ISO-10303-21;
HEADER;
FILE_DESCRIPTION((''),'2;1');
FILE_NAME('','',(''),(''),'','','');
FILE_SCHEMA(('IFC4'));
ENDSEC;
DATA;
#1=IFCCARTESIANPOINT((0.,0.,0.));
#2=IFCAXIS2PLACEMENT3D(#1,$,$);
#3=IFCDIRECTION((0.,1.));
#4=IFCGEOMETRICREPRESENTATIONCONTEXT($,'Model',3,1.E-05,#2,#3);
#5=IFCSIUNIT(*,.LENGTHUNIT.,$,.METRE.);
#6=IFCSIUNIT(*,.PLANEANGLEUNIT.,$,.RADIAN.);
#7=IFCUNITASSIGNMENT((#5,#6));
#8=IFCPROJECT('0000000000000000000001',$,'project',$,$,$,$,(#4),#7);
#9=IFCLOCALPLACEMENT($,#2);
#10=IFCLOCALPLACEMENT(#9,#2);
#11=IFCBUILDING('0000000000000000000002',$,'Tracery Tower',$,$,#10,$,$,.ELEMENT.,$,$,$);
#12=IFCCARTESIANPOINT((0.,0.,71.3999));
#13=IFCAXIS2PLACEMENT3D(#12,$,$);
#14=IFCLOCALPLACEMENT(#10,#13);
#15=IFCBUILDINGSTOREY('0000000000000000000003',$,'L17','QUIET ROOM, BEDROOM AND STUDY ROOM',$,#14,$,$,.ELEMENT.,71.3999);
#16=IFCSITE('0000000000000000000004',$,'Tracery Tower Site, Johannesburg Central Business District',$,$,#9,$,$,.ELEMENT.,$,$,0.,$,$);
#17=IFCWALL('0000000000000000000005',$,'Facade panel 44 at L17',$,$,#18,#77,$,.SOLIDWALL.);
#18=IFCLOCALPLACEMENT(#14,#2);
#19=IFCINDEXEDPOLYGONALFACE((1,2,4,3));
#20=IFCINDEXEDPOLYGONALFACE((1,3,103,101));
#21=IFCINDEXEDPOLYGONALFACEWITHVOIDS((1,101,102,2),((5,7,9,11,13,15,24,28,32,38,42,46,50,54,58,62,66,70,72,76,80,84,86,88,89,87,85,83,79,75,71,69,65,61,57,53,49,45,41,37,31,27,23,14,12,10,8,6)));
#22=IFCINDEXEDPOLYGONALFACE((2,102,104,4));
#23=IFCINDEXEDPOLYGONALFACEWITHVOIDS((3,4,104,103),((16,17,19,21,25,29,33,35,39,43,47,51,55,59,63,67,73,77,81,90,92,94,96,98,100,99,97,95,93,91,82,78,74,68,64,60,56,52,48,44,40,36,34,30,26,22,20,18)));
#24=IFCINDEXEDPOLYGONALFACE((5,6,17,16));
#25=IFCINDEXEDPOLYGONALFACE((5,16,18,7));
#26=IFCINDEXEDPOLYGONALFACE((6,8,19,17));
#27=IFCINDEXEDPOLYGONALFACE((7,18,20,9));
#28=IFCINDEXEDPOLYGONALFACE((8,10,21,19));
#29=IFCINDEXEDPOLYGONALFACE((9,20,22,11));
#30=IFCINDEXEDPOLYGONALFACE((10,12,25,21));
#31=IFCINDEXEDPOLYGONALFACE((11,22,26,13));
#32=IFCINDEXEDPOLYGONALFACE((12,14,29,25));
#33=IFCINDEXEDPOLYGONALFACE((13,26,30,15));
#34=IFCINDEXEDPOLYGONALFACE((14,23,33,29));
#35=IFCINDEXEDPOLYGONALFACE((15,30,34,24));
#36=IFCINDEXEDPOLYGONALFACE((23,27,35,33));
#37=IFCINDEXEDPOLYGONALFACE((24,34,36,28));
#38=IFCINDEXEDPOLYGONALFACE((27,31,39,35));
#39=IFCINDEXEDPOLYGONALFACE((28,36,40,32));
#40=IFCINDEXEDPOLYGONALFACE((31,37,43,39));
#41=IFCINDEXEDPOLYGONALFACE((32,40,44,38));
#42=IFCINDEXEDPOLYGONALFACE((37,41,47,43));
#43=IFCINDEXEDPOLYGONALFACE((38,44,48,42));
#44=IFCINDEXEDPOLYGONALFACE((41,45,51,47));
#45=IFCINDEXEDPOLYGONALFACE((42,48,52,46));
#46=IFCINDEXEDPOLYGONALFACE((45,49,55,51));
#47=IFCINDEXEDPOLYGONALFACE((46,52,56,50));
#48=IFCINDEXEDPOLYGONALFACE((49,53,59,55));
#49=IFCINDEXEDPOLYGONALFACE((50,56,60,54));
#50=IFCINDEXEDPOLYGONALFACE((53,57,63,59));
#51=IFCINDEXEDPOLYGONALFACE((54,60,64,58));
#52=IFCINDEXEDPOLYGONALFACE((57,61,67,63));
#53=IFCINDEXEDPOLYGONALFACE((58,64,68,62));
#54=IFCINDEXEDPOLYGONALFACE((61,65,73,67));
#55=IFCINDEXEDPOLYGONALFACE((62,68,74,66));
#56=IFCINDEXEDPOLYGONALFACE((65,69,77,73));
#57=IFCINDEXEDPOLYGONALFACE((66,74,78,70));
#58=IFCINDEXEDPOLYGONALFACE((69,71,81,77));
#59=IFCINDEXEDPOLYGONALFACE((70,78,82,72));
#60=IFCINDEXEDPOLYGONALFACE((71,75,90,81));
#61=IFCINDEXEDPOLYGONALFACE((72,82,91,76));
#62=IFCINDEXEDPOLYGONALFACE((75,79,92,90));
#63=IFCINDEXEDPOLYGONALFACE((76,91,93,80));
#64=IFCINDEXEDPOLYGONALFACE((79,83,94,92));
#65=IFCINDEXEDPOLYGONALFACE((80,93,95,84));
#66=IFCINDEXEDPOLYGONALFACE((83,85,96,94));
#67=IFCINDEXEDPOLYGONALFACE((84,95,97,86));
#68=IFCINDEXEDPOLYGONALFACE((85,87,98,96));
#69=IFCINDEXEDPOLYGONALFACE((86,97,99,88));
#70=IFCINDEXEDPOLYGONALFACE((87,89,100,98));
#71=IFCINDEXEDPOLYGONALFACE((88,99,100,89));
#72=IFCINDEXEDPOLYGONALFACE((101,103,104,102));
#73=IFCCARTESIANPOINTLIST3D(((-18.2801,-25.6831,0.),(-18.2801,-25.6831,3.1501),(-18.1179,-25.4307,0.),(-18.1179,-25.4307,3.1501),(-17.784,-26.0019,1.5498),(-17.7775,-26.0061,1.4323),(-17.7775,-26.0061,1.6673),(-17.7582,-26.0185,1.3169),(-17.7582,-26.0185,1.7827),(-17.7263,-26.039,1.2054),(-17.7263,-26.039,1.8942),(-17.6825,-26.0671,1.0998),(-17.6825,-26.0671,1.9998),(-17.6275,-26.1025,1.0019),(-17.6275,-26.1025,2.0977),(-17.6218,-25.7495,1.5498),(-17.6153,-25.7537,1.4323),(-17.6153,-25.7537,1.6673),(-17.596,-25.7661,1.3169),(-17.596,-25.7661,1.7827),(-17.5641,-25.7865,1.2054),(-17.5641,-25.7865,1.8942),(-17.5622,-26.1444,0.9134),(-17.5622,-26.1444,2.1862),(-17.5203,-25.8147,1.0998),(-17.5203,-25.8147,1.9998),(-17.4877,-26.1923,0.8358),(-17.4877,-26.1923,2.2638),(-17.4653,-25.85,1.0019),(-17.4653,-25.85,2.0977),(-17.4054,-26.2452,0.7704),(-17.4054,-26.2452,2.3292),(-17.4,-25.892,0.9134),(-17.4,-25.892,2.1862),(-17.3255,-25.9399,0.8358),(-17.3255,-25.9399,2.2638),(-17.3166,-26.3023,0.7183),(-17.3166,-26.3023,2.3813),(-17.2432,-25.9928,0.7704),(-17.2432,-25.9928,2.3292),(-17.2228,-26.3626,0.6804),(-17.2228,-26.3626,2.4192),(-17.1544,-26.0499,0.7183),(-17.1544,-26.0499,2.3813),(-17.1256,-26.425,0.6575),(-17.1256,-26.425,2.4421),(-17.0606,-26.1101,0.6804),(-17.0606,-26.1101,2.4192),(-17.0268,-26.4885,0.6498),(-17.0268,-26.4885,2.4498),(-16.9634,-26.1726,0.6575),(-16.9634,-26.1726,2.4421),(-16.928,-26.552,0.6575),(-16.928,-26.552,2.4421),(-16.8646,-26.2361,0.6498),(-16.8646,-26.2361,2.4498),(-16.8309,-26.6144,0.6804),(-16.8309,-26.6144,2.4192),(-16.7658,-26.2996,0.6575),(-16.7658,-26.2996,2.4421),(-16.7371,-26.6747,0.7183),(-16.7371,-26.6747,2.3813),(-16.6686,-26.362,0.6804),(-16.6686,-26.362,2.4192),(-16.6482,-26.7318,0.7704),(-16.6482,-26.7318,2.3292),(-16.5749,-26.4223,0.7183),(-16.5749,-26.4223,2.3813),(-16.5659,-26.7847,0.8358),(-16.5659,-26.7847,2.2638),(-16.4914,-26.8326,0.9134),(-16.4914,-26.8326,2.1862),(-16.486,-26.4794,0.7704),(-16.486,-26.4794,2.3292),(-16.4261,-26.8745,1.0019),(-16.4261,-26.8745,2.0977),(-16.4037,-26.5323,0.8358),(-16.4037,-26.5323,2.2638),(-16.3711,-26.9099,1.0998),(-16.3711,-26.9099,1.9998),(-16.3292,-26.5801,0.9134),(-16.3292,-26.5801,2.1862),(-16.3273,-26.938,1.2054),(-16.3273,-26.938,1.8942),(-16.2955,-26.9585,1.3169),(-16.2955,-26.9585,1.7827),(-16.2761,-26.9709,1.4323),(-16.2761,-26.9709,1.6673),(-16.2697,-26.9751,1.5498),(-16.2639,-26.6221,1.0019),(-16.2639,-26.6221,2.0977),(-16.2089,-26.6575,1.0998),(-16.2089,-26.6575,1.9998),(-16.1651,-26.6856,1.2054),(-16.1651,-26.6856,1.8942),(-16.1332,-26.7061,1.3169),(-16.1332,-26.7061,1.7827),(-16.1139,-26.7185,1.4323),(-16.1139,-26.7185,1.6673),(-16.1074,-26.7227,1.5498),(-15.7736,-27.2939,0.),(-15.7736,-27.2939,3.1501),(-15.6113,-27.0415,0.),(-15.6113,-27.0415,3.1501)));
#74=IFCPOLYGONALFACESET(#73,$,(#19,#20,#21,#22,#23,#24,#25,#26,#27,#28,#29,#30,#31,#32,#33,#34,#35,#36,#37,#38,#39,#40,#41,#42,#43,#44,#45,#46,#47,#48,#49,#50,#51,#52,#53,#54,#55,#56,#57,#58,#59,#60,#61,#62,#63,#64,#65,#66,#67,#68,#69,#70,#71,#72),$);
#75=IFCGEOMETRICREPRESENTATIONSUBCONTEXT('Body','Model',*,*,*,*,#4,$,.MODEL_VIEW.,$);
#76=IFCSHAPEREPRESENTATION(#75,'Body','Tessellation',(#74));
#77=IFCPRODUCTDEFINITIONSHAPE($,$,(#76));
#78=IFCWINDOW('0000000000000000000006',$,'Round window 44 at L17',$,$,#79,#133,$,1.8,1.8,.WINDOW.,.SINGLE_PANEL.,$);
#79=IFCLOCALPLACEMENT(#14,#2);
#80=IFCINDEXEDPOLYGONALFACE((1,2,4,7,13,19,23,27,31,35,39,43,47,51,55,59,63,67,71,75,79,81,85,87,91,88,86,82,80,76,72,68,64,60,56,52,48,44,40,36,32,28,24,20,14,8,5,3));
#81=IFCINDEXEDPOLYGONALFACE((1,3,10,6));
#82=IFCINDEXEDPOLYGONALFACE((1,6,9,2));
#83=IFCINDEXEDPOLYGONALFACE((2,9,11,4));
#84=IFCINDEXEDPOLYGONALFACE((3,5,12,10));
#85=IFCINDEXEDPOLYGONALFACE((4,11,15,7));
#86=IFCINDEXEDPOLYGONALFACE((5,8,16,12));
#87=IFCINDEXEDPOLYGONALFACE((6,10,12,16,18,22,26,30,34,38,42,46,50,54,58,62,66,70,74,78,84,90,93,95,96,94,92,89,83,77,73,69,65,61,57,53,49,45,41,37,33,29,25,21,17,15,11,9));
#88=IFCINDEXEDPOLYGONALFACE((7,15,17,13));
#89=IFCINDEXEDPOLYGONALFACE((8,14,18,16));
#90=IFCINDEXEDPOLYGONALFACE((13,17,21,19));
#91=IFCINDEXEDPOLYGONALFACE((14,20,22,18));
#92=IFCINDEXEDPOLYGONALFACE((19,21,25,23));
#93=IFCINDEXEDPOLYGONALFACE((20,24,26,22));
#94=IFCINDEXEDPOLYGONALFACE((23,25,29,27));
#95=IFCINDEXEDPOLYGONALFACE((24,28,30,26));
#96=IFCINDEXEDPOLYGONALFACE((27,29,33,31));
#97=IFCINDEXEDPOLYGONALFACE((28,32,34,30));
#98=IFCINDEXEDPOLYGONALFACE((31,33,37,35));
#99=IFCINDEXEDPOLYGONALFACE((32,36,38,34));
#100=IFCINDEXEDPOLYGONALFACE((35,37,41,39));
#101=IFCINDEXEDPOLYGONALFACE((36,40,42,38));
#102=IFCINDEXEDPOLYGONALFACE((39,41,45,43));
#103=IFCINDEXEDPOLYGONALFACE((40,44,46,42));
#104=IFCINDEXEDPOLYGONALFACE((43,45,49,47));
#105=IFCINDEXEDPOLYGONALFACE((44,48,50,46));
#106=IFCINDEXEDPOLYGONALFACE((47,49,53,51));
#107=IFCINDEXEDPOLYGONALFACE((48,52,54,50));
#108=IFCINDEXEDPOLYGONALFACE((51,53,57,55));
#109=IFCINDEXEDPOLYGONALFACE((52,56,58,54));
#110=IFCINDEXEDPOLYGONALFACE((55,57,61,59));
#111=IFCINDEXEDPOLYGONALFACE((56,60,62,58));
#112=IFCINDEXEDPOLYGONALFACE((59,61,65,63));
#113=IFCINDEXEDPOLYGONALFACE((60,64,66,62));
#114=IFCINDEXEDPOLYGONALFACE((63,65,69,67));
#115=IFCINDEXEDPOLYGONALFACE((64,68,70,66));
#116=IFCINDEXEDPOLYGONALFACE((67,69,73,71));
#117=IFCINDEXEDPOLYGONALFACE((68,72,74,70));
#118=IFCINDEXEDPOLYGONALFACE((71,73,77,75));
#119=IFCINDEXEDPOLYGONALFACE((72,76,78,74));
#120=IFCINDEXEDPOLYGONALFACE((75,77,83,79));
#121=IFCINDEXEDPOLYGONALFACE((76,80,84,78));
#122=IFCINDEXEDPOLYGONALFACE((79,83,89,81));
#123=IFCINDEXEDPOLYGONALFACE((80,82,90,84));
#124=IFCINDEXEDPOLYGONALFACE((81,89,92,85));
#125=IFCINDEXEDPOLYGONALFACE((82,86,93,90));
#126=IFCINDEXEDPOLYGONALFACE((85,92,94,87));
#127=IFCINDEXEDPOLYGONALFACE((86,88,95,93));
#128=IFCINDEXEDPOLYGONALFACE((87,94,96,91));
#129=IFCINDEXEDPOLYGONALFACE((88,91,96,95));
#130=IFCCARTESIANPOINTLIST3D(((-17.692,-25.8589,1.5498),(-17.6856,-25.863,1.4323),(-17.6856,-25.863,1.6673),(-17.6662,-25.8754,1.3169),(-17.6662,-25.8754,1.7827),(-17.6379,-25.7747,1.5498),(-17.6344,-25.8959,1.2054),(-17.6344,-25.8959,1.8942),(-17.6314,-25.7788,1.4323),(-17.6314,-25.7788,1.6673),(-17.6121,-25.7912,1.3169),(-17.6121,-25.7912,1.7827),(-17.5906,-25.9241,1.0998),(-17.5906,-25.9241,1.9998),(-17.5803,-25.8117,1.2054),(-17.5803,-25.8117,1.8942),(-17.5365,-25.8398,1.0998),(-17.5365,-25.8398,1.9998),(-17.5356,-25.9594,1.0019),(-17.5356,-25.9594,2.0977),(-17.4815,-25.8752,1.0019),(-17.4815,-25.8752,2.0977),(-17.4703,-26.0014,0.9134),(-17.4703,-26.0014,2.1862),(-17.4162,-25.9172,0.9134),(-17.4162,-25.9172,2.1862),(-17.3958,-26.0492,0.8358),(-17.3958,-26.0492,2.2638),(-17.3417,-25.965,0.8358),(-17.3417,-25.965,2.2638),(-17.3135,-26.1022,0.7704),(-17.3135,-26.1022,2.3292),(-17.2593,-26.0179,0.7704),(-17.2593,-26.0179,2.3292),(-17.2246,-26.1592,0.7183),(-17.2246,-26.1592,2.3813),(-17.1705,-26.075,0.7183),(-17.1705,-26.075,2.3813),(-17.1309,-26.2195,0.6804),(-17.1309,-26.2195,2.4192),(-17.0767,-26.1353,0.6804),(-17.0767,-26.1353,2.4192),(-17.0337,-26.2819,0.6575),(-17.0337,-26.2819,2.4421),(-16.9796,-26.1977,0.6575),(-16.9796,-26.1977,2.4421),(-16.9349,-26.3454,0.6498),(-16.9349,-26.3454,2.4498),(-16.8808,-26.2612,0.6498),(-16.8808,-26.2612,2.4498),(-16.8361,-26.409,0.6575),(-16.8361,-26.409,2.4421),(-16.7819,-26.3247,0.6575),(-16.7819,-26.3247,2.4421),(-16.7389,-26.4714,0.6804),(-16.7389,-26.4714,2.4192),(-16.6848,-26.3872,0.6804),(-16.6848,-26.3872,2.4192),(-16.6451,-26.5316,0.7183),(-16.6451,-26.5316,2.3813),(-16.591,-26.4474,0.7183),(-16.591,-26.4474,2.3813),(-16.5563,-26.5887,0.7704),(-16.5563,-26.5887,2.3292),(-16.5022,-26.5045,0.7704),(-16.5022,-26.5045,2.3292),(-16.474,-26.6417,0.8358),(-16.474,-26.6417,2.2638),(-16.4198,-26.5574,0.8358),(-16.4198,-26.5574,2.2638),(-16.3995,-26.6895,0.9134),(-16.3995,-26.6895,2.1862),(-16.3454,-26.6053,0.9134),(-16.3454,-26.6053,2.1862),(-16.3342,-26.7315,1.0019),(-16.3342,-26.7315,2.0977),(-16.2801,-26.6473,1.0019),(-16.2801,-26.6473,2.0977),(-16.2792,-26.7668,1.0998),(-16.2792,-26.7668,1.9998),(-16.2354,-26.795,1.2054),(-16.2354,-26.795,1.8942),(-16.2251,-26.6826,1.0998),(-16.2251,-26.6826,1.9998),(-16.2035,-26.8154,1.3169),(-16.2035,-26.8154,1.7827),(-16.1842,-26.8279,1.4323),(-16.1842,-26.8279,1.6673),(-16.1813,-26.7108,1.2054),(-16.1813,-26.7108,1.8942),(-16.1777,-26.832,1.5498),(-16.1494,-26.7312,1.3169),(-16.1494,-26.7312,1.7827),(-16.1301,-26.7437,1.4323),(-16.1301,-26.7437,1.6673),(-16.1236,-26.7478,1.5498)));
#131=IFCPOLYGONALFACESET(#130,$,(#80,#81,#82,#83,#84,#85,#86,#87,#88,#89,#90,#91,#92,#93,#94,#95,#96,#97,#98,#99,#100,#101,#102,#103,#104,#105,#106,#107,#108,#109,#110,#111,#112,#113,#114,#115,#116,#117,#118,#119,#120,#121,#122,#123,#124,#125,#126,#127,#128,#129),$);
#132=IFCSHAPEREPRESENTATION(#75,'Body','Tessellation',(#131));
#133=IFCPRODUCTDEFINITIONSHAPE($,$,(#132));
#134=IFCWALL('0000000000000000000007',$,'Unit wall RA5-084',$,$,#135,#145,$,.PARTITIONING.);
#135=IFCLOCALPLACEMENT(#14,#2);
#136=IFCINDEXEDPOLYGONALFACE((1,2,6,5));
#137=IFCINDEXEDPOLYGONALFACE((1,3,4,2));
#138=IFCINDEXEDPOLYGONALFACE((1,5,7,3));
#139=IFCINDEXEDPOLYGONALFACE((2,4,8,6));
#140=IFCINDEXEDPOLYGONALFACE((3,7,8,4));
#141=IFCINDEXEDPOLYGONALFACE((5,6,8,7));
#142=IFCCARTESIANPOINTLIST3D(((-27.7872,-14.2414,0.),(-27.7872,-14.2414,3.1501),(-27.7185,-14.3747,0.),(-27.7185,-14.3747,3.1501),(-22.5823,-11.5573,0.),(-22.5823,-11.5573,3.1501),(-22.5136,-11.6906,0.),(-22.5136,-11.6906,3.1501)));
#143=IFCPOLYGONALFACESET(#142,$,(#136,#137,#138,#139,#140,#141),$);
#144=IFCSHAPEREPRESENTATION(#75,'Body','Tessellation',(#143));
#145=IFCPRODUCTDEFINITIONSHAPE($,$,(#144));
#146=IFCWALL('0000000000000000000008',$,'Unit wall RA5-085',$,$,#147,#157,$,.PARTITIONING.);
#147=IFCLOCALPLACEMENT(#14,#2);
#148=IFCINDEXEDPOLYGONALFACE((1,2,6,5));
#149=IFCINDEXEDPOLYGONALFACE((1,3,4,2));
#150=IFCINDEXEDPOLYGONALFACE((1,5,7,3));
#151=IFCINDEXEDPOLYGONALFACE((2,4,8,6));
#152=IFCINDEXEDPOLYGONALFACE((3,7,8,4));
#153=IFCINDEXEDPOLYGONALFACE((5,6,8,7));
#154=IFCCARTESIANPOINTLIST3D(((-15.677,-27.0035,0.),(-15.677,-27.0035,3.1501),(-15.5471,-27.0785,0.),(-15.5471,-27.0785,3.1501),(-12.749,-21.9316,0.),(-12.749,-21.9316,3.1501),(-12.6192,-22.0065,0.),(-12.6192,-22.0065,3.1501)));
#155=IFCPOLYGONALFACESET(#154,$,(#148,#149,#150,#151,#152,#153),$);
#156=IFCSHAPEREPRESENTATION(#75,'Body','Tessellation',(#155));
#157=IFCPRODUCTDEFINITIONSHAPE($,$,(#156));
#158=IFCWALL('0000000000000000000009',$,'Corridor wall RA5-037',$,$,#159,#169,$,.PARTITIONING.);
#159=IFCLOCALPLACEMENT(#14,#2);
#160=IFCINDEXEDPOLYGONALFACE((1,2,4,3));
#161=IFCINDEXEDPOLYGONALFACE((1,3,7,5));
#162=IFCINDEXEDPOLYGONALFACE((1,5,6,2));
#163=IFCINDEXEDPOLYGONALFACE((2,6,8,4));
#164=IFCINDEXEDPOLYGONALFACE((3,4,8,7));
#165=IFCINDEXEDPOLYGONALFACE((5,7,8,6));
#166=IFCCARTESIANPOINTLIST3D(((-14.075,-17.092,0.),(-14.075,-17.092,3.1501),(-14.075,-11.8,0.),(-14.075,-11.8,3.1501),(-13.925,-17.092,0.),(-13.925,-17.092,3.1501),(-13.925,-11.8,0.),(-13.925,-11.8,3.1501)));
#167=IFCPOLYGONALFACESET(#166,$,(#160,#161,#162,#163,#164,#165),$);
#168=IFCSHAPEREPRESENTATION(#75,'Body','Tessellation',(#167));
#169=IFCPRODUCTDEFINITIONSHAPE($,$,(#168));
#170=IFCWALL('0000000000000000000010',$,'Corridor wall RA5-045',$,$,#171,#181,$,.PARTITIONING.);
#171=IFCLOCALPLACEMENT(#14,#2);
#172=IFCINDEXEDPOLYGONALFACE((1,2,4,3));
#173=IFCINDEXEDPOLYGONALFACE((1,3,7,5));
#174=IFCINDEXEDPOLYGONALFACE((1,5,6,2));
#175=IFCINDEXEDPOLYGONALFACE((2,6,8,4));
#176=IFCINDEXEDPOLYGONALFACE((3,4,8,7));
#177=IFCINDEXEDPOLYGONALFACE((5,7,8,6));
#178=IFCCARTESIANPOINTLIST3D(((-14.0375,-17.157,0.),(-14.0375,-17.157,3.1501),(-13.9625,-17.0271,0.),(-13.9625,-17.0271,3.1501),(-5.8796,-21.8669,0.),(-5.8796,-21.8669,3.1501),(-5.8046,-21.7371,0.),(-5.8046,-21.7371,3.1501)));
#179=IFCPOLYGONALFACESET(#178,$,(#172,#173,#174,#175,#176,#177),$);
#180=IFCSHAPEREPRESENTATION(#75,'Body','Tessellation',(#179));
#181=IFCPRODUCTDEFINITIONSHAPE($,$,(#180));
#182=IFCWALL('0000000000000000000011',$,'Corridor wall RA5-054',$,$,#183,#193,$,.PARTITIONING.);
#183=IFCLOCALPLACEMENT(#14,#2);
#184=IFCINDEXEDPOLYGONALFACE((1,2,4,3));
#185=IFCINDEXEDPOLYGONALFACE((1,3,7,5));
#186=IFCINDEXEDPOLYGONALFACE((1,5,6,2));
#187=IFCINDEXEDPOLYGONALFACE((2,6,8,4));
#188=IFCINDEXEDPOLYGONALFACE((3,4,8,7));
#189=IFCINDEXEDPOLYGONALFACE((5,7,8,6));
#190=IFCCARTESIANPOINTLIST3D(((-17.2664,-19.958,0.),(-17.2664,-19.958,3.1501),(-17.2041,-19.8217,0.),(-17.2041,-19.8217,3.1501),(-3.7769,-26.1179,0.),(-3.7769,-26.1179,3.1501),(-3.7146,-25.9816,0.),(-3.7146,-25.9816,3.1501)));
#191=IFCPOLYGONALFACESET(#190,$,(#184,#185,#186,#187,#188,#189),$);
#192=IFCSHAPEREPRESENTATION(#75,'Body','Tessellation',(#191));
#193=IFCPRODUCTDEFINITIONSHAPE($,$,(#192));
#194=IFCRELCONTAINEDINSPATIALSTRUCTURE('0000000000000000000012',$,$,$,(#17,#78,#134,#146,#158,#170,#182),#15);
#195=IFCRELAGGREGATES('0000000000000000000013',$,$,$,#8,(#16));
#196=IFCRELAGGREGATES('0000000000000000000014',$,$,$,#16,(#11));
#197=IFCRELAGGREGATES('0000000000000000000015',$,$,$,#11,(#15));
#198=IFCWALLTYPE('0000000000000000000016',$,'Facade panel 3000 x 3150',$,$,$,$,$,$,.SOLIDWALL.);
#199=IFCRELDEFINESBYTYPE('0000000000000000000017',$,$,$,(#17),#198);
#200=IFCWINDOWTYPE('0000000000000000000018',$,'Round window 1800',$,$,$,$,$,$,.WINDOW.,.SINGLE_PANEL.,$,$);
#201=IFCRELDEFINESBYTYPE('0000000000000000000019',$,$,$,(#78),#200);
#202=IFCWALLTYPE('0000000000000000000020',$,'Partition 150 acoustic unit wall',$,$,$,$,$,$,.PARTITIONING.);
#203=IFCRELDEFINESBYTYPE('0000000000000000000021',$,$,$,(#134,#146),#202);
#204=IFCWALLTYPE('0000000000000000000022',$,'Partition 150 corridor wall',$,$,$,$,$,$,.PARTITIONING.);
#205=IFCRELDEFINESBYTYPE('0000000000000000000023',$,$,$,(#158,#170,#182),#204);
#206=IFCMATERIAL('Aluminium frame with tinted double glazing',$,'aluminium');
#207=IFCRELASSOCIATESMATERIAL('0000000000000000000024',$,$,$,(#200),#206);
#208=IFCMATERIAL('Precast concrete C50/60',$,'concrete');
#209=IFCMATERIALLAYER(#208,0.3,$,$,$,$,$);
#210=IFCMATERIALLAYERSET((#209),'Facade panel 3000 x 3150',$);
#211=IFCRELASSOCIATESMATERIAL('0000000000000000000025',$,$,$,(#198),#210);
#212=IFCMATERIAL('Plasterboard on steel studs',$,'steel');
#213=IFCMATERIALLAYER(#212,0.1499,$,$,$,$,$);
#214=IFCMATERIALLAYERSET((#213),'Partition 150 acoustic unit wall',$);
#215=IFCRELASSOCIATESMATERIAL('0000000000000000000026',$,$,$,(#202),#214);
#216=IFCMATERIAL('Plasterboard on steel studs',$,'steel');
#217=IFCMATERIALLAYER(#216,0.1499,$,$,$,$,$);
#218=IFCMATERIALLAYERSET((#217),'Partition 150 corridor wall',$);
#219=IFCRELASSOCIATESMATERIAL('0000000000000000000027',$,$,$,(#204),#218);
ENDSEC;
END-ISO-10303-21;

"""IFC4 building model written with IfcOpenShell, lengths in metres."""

from ifc_helpers import new_model, si_unit, direction, frame, frame_2d, origin, origin_2d, place, context, subcontext, project, spatial, rectangle, circle, extrude, material, layer, layer_set, type_object, element, fill, save


model = new_model("IFC4")

# Units and contexts
model_context = context("Model", 3, precision=1e-05, world=origin(), true_north=direction((0.0, 1.0)))
body_context = subcontext(model_context, "Body", "Model", "MODEL_VIEW")
ifc_project = project(units=[si_unit("LENGTHUNIT", "METRE"), si_unit("PLANEANGLEUNIT", "RADIAN")], contexts=[model_context])

# Site, building, storey
site_placement = place(None, origin())
site = spatial("IfcSite", under=ifc_project, at=site_placement, Name="Tracery Tower Site, Johannesburg Central Business District", CompositionType="ELEMENT", RefElevation=0.0)
building_placement = place(site_placement, origin())
building = spatial("IfcBuilding", under=site, at=building_placement, Name="Tracery Tower", CompositionType="ELEMENT")
storey_placement = place(building_placement, frame((0.0, 0.0, 71.3999)))
storey = spatial("IfcBuildingStorey", under=building, at=storey_placement, Name="L17", Description="QUIET ROOM, BEDROOM AND STUDY ROOM", CompositionType="ELEMENT", Elevation=71.3999)

# Wall, opening, window
ifc_material_1 = material(Name="Aluminium frame with tinted double glazing", Category="aluminium")
window_type = type_object("IfcWindowType", Name="Round window 1800", PartitioningType="SINGLE_PANEL", PredefinedType="WINDOW", material=ifc_material_1)
ifc_material_2 = material(Name="Precast concrete C50/60", Category="concrete")
ifc_layer_1 = layer(ifc_material_2, 0.3)
ifc_layer_set_1 = layer_set([ifc_layer_1], Name="Facade panel 3000 x 3150")
wall_type_1 = type_object("IfcWallType", Name="Facade panel 3000 x 3150", PredefinedType="SOLIDWALL", material=ifc_layer_set_1)
wall_1_placement = place(storey_placement, frame((-18.199, -25.5569, 0.0), z_axis=(0.0, 0.0, 1.0), x_axis=(0.841261, -0.540629, 0.0)))
wall_1 = element("IfcWall", 1, at=wall_1_placement, inside=storey, type_object=wall_type_1, Name="Facade panel 44 at L17", PredefinedType="SOLIDWALL", context=body_context, shape_type="SweptSolid", body=[
    extrude(rectangle(XDim=2.9795, YDim=0.3, at=frame_2d((1.4897, 0.0))), origin(), (0.0, 0.0, 1.0), 3.1501),
])
opening_1_placement = place(wall_1_placement, frame((1.4897, 0.0, 1.5498)))
opening_1 = element("IfcOpeningElement", 2, at=opening_1_placement, cuts=wall_1, PredefinedType="OPENING", context=body_context, shape_type="SweptSolid", body=[
    extrude(circle(Radius=0.9, at=origin_2d()), frame((0.0, 0.1599, 0.0), z_axis=(0.0, -1.0, 0.0), x_axis=(1.0, 0.0, 0.0)), (0.0, 0.0, 1.0), 0.3201),
])
window_1_placement = place(opening_1_placement, origin())
window_1 = element("IfcWindow", 3, at=window_1_placement, inside=storey, type_object=window_type, Name="Round window 44 at L17", OverallHeight=1.8, OverallWidth=1.8, PartitioningType="SINGLE_PANEL", PredefinedType="WINDOW", context=body_context, shape_type="SweptSolid", body=[
    extrude(circle(Radius=0.9, at=origin_2d()), frame((0.0, 0.1201, 0.0), z_axis=(0.0, -1.0, 0.0), x_axis=(1.0, 0.0, 0.0)), (0.0, 0.0, 1.0), 0.1001),
])
fill(opening_1, window_1)

# Walls
ifc_material_3 = material(Name="Plasterboard on steel studs", Category="steel")
ifc_layer_2 = layer(ifc_material_3, 0.1499)
ifc_layer_set_2 = layer_set([ifc_layer_2], Name="Partition 150 acoustic unit wall")
wall_type_2 = type_object("IfcWallType", Name="Partition 150 acoustic unit wall", PredefinedType="PARTITIONING", material=ifc_layer_set_2)
wall_2_placement = place(storey_placement, frame((-27.7529, -14.3081, 0.0), z_axis=(0.0, 0.0, 1.0), x_axis=(0.88878, 0.458335, 0.0)))
element("IfcWall", 4, at=wall_2_placement, inside=storey, type_object=wall_type_2, Name="Unit wall RA5-084", PredefinedType="PARTITIONING", context=body_context, shape_type="SweptSolid", body=[
    extrude(rectangle(XDim=5.8562, YDim=0.1499, at=frame_2d((2.9282, 0.0))), origin(), (0.0, 0.0, 1.0), 3.1501),
])
wall_3_placement = place(storey_placement, frame((-15.6121, -27.041, 0.0), z_axis=(0.0, 0.0, 1.0), x_axis=(0.499955, 0.866052, 0.0)))
element("IfcWall", 5, at=wall_3_placement, inside=storey, type_object=wall_type_2, Name="Unit wall RA5-085", PredefinedType="PARTITIONING", context=body_context, shape_type="SweptSolid", body=[
    extrude(rectangle(XDim=5.8564, YDim=0.1499, at=frame_2d((2.9282, 0.0))), origin(), (0.0, 0.0, 1.0), 3.1501),
])
ifc_material_4 = material(Name="Plasterboard on steel studs", Category="steel")
ifc_layer_3 = layer(ifc_material_4, 0.1499)
ifc_layer_set_3 = layer_set([ifc_layer_3], Name="Partition 150 corridor wall")
wall_type_3 = type_object("IfcWallType", Name="Partition 150 corridor wall", PredefinedType="PARTITIONING", material=ifc_layer_set_3)
wall_4_placement = place(storey_placement, frame((-14.0, -17.092, 0.0), z_axis=(0.0, 0.0, 1.0), x_axis=(0.0, 1.0, 0.0)))
element("IfcWall", 6, at=wall_4_placement, inside=storey, type_object=wall_type_3, Name="Corridor wall RA5-037", PredefinedType="PARTITIONING", context=body_context, shape_type="SweptSolid", body=[
    extrude(rectangle(XDim=5.292, YDim=0.1499, at=frame_2d((2.646, 0.0))), origin(), (0.0, 0.0, 1.0), 3.1501),
])
wall_5_placement = place(storey_placement, frame((-14.0, -17.092, 0.0), z_axis=(0.0, 0.0, 1.0), x_axis=(0.866027, -0.499997, 0.0)))
element("IfcWall", 7, at=wall_5_placement, inside=storey, type_object=wall_type_3, Name="Corridor wall RA5-045", PredefinedType="PARTITIONING", context=body_context, shape_type="SweptSolid", body=[
    extrude(rectangle(XDim=9.4199, YDim=0.1499, at=frame_2d((4.71, 0.0))), origin(), (0.0, 0.0, 1.0), 3.1501),
])
wall_6_placement = place(storey_placement, frame((-17.2351, -19.8899, 0.0), z_axis=(0.0, 0.0, 1.0), x_axis=(0.909646, -0.415385, 0.0)))
element("IfcWall", 8, at=wall_6_placement, inside=storey, type_object=wall_type_3, Name="Corridor wall RA5-054", PredefinedType="PARTITIONING", context=body_context, shape_type="SweptSolid", body=[
    extrude(rectangle(XDim=14.8293, YDim=0.1499, at=frame_2d((7.4146, 0.0))), origin(), (0.0, 0.0, 1.0), 3.1501),
])

save(model, "model.ifc")
